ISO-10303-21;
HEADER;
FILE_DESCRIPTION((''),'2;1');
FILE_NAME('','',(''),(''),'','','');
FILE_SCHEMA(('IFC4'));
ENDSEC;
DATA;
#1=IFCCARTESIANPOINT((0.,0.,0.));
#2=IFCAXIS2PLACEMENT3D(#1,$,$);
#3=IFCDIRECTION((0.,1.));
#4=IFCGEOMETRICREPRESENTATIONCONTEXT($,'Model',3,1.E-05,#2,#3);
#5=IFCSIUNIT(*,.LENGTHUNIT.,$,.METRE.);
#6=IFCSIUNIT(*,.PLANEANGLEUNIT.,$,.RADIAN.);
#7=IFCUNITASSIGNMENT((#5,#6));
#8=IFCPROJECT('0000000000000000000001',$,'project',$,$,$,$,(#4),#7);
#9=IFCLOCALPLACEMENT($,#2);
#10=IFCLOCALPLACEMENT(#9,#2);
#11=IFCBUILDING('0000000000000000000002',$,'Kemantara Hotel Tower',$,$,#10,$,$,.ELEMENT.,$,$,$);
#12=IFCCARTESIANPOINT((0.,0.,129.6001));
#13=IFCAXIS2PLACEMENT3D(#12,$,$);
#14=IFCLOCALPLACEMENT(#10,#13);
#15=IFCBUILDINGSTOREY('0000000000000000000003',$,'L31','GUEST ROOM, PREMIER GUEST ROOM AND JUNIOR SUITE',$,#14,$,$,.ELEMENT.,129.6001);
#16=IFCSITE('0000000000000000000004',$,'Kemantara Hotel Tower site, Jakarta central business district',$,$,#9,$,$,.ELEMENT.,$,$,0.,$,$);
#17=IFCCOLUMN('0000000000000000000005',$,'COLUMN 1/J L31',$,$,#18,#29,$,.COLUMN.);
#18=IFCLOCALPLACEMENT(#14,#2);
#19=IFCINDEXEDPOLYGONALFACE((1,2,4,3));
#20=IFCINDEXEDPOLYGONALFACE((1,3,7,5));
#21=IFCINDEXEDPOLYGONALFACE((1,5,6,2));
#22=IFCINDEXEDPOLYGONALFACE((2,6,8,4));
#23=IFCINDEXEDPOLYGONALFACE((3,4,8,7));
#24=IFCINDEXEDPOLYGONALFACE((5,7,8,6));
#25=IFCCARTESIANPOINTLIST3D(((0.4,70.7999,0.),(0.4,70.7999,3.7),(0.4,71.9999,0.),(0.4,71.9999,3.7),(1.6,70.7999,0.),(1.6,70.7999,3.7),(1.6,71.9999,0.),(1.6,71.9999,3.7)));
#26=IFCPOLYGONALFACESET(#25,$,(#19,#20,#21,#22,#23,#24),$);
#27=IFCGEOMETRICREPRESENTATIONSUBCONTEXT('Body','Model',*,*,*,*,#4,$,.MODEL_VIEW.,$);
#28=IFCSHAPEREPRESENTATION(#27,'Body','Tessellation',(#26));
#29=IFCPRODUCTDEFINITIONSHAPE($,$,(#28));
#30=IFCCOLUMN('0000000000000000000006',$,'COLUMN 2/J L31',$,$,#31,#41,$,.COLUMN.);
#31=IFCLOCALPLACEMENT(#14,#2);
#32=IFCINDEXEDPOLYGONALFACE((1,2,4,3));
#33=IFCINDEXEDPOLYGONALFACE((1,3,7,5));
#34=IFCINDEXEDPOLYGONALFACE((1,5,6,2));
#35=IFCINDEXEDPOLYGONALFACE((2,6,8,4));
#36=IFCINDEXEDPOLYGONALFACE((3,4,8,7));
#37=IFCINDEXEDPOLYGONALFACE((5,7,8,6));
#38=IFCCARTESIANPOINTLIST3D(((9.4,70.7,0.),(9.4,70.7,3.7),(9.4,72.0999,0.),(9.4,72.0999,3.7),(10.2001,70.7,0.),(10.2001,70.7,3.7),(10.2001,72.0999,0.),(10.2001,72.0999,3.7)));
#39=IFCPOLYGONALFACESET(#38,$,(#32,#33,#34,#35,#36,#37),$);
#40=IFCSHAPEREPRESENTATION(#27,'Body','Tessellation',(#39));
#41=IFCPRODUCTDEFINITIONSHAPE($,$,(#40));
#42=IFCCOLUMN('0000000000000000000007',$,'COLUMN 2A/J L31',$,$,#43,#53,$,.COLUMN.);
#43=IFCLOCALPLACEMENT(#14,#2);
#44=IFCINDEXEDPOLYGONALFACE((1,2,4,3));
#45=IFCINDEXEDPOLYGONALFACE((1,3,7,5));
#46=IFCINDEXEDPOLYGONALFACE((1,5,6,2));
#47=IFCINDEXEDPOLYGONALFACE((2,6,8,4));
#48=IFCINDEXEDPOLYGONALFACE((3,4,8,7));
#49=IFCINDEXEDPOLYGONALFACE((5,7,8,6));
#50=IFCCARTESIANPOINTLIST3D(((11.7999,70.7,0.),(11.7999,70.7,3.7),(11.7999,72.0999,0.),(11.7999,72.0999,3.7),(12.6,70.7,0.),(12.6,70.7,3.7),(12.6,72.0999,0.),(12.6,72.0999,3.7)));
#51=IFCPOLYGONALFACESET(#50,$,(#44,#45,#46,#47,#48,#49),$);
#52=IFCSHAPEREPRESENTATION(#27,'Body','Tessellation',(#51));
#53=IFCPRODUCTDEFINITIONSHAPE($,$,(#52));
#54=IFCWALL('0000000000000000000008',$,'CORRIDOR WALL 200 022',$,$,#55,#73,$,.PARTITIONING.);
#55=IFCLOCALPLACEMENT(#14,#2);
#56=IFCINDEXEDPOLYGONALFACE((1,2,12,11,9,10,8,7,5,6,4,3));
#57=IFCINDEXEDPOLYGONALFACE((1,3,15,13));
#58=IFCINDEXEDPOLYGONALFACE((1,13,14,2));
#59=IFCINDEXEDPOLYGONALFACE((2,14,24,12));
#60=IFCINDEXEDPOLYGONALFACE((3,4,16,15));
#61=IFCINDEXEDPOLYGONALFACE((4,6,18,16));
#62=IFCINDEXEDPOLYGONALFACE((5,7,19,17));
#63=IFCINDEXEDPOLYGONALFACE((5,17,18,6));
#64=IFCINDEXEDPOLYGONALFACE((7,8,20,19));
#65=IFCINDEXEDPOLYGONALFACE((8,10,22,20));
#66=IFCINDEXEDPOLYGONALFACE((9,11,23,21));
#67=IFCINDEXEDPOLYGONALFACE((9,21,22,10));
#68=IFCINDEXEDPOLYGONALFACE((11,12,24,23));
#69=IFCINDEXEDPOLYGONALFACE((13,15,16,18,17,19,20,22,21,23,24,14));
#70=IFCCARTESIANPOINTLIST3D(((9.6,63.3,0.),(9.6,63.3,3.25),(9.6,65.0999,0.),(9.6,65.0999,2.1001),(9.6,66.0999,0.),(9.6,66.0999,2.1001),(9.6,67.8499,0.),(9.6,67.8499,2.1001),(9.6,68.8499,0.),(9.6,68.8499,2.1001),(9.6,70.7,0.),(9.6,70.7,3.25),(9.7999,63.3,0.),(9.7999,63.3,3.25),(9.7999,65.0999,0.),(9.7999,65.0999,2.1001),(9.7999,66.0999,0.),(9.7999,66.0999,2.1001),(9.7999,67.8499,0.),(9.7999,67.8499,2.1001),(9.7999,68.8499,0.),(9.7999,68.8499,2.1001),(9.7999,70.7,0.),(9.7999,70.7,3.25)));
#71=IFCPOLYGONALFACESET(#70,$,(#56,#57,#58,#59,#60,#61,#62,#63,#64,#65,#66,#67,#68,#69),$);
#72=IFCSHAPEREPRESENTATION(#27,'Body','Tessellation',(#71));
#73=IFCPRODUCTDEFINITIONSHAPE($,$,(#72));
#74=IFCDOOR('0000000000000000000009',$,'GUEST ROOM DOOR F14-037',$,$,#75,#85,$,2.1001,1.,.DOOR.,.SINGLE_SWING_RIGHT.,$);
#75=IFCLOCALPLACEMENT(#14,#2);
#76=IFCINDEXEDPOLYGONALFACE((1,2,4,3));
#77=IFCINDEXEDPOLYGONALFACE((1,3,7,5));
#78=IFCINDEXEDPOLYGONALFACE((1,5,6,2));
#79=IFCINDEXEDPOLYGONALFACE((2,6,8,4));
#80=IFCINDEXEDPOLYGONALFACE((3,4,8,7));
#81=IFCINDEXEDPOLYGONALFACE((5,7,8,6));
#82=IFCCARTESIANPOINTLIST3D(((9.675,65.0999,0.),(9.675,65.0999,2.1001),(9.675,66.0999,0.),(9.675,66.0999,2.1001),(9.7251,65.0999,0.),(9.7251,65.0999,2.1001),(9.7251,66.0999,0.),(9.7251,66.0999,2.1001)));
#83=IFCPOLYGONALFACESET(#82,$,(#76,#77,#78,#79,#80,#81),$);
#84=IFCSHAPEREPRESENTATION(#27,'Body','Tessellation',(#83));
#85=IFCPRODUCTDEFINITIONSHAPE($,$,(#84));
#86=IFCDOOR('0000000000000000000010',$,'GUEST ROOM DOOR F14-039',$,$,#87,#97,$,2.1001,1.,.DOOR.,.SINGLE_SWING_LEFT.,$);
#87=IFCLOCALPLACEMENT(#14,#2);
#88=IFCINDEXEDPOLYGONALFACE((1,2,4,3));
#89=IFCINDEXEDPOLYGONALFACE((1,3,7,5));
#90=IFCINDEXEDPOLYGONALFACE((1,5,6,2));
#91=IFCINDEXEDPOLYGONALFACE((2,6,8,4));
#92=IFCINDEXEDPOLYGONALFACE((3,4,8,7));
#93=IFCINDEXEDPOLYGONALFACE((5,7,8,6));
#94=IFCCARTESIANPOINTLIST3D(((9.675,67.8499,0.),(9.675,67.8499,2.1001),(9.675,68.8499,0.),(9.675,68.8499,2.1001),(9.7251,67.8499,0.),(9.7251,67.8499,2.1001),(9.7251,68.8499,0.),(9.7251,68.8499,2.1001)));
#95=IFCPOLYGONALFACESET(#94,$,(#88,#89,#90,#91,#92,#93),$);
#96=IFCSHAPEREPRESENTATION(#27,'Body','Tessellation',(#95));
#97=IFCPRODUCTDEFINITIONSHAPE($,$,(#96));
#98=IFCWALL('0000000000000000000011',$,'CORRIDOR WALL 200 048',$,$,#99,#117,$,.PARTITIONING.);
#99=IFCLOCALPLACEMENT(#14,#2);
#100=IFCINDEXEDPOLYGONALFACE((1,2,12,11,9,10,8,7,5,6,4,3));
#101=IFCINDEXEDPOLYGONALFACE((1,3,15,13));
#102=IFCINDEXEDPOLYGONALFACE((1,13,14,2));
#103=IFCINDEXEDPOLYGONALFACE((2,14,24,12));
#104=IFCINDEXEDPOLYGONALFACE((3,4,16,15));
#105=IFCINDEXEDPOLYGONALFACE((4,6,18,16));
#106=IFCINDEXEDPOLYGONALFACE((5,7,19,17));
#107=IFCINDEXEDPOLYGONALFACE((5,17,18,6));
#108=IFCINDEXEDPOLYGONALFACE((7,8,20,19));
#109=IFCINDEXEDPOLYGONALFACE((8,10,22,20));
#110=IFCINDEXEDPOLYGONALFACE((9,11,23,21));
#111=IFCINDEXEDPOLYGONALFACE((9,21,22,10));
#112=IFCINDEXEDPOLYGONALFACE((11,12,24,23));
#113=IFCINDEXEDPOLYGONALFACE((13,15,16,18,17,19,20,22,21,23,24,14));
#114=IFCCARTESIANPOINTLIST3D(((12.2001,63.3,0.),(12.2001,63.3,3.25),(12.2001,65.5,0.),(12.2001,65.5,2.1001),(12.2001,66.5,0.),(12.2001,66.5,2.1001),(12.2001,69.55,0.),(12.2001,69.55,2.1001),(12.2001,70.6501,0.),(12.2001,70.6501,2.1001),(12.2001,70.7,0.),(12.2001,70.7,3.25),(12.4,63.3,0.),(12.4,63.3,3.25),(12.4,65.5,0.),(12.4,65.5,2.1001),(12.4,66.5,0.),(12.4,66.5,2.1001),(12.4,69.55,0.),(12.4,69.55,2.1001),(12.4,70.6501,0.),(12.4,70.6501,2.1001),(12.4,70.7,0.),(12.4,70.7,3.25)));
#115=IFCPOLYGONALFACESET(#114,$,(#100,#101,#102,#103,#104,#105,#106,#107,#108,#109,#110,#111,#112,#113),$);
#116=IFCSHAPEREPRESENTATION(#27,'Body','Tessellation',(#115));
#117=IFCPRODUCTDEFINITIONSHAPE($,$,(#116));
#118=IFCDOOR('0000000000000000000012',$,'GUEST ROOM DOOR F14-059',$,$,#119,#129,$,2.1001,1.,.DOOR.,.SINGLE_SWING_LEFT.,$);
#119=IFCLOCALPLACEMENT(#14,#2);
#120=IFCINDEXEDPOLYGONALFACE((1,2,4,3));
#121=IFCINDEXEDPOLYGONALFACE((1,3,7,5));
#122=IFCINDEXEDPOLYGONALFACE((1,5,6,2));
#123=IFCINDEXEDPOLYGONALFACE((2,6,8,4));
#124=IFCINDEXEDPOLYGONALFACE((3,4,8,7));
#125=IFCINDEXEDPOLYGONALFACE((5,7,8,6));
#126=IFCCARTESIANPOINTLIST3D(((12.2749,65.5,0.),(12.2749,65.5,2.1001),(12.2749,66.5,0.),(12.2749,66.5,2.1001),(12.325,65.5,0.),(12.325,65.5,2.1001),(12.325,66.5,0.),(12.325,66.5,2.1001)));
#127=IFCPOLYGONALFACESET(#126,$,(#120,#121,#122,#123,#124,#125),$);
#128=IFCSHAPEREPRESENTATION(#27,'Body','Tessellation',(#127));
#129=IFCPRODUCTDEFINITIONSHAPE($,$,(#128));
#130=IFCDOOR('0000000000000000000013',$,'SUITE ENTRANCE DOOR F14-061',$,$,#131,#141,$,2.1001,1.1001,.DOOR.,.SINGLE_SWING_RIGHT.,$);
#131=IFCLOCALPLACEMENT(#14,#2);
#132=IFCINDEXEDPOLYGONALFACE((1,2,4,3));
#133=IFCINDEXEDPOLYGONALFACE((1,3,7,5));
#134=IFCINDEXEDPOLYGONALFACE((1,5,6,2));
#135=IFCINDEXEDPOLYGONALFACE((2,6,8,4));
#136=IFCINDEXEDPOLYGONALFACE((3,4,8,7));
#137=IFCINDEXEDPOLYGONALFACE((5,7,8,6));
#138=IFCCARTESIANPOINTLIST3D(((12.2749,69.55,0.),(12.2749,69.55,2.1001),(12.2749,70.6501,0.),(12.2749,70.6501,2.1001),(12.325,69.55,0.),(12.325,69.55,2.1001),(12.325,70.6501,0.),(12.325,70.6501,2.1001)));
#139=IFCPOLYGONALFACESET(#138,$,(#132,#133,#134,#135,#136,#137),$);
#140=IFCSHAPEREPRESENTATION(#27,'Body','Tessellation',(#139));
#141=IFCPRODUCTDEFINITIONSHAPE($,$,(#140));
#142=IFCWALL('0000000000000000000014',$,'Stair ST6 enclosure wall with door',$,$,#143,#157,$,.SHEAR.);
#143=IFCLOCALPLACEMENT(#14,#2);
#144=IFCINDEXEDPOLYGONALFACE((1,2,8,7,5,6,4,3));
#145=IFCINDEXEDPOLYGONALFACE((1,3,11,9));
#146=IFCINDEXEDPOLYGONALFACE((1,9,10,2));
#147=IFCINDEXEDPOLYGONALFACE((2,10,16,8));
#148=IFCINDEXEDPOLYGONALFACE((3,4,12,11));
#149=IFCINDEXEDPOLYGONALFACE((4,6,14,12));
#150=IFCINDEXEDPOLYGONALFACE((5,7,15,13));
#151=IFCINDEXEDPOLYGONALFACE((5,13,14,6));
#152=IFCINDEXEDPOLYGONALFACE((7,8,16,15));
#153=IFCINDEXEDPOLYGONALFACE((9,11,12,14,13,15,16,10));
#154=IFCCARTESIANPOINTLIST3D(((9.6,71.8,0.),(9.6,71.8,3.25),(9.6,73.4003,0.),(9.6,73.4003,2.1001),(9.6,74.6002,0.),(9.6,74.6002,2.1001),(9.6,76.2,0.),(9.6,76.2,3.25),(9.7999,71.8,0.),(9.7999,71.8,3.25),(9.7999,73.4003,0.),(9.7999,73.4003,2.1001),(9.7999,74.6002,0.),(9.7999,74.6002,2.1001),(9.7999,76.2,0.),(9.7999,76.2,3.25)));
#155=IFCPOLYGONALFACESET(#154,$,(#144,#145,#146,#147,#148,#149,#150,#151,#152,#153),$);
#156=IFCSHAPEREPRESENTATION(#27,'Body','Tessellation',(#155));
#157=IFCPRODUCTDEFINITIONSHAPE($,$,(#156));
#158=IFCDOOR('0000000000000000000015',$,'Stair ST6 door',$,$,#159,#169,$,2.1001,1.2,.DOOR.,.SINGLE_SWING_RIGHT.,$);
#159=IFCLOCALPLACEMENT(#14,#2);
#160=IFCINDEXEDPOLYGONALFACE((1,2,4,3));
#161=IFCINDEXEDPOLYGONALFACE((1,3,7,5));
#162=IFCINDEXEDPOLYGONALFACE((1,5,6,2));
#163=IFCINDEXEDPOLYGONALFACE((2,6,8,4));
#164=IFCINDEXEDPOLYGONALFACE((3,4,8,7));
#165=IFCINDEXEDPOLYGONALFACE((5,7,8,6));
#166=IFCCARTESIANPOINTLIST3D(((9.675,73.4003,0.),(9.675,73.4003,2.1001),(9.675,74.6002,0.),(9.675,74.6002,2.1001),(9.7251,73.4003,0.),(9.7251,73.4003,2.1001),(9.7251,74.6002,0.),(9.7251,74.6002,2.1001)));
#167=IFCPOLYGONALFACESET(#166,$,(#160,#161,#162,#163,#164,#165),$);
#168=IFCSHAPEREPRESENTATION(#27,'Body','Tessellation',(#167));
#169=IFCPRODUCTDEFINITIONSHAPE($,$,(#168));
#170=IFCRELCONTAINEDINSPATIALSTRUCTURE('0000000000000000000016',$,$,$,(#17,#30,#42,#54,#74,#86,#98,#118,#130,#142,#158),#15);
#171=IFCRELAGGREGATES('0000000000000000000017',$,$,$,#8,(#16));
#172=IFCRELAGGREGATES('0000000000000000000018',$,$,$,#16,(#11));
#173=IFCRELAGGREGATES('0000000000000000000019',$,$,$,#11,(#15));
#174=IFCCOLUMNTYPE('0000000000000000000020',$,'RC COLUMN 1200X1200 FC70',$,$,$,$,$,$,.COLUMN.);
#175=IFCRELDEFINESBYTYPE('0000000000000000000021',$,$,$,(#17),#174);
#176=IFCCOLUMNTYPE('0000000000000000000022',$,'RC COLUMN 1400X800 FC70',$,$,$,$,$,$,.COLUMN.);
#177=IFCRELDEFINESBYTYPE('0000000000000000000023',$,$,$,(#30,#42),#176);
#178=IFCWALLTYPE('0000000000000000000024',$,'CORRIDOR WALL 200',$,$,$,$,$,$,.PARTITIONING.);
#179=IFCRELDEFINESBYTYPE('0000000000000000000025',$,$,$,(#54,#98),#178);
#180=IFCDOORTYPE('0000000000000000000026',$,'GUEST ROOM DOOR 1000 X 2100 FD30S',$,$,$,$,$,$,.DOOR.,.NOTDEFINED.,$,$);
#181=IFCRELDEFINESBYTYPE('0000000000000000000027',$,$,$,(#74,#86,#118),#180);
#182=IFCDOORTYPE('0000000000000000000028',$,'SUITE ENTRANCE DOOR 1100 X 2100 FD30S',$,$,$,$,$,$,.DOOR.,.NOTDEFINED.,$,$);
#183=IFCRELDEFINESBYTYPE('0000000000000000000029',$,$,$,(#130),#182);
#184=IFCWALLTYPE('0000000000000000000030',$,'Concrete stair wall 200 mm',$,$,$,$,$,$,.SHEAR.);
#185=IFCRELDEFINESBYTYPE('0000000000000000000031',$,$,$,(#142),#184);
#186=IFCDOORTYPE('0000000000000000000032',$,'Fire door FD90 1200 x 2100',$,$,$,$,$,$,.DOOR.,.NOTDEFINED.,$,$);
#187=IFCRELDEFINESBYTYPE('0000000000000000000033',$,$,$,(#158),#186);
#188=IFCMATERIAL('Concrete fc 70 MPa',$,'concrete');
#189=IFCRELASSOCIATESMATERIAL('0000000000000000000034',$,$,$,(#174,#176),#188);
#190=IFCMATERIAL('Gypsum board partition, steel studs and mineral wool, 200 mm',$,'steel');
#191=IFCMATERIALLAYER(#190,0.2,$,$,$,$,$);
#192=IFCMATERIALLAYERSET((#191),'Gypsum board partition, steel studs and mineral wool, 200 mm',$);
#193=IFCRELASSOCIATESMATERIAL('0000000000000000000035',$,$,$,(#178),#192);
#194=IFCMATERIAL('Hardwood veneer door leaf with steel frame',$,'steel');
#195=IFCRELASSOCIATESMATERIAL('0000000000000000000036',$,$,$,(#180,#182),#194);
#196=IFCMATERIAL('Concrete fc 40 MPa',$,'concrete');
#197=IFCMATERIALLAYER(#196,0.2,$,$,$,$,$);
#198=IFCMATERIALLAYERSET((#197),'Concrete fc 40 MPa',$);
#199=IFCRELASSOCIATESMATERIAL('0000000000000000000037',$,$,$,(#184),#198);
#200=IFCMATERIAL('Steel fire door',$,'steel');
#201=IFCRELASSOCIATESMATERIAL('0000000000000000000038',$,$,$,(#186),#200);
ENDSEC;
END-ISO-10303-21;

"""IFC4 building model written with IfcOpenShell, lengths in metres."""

from ifc_helpers import new_model, si_unit, direction, frame, frame_2d, origin, origin_2d, place, context, subcontext, project, spatial, rectangle, extrude, material, layer, layer_set, material_profile, profile_set, type_object, element, fill, save


model = new_model("IFC4")

# Units and contexts
model_context = context("Model", 3, precision=1e-05, world=origin(), true_north=direction((0.0, 1.0)))
body_context = subcontext(model_context, "Body", "Model", "MODEL_VIEW")
ifc_project = project(units=[si_unit("LENGTHUNIT", "METRE"), si_unit("PLANEANGLEUNIT", "RADIAN")], contexts=[model_context])

# Site, building, storey
site_placement = place(None, origin())
site = spatial("IfcSite", under=ifc_project, at=site_placement, Name="Kemantara Hotel Tower site, Jakarta central business district", CompositionType="ELEMENT", RefElevation=0.0)
building_placement = place(site_placement, origin())
building = spatial("IfcBuilding", under=site, at=building_placement, Name="Kemantara Hotel Tower", CompositionType="ELEMENT")
storey_placement = place(building_placement, frame((0.0, 0.0, 129.6001)))
storey = spatial("IfcBuildingStorey", under=building, at=storey_placement, Name="L31", Description="GUEST ROOM, PREMIER GUEST ROOM AND JUNIOR SUITE", CompositionType="ELEMENT", Elevation=129.6001)

# Columns
ifc_material_1 = material(Name="Concrete fc 70 MPa", Category="concrete")
ifc_material_profile_1 = material_profile(ifc_material_1, rectangle(XDim=1.2, YDim=1.2, at=origin_2d()), Name="RC 1200X1200")
ifc_profile_set_1 = profile_set([ifc_material_profile_1], Name="Concrete fc 70 MPa")
column_type_1 = type_object("IfcColumnType", Name="RC COLUMN 1200X1200 FC70", PredefinedType="COLUMN", material=ifc_profile_set_1)
column_placement = place(storey_placement, frame((1.0, 71.3999, 0.0), z_axis=(0.0, 0.0, 1.0), x_axis=(1.0, 0.0, 0.0)))
element("IfcColumn", 1, at=column_placement, inside=storey, type_object=column_type_1, Name="COLUMN 1/J L31", PredefinedType="COLUMN", context=body_context, shape_type="SweptSolid", body=[
    extrude(rectangle(XDim=1.2, YDim=1.2, at=origin_2d()), origin(), (0.0, 0.0, 1.0), 3.7),
])
ifc_material_profile_2 = material_profile(ifc_material_1, rectangle(XDim=1.3999, YDim=0.8, at=origin_2d()), Name="RC 1400X800")
ifc_profile_set_2 = profile_set([ifc_material_profile_2], Name="Concrete fc 70 MPa")
column_type_2 = type_object("IfcColumnType", Name="RC COLUMN 1400X800 FC70", PredefinedType="COLUMN", material=ifc_profile_set_2)
for number, where, z_axis, x_axis, name in (
    (2, (9.8, 71.3999, 0.0), (0.0, 0.0, 1.0), (0.0, 1.0, 0.0), "COLUMN 2/J L31"),
    (3, (12.2, 71.3999, 0.0), (0.0, 0.0, 1.0), (0.0, 1.0, 0.0), "COLUMN 2A/J L31"),
):
    element("IfcColumn", number, at=place(storey_placement, frame(where, z_axis=z_axis, x_axis=x_axis)), inside=storey, type_object=column_type_2, Name=name, PredefinedType="COLUMN", context=body_context, shape_type="SweptSolid", body=[
        extrude(rectangle(XDim=1.3999, YDim=0.8, at=origin_2d()), origin(), (0.0, 0.0, 1.0), 3.7),
    ])

# Walls, openings, doors
ifc_material_2 = material(Name="Gypsum board partition, steel studs and mineral wool, 200 mm", Category="steel")
ifc_layer_1 = layer(ifc_material_2, 0.2)
ifc_layer_set_1 = layer_set([ifc_layer_1], Name="Gypsum board partition, steel studs and mineral wool, 200 mm")
wall_type_1 = type_object("IfcWallType", Name="CORRIDOR WALL 200", PredefinedType="PARTITIONING", material=ifc_layer_set_1)
wall_1_placement = place(storey_placement, frame((9.7, 63.3, 0.0), z_axis=(0.0, 0.0, 1.0), x_axis=(0.0, 1.0, 0.0)))
wall_1 = element("IfcWall", 4, at=wall_1_placement, inside=storey, type_object=wall_type_1, Name="CORRIDOR WALL 200 022", PredefinedType="PARTITIONING", context=body_context, shape_type="SweptSolid", body=[
    extrude(rectangle(XDim=7.3999, YDim=0.2, at=frame_2d((3.7, 0.0))), origin(), (0.0, 0.0, 1.0), 3.25),
])
opening_1_placement = place(wall_1_placement, frame((1.7998, 0.0, 0.0)))
opening_1 = element("IfcOpeningElement", 5, at=opening_1_placement, cuts=wall_1, PredefinedType="OPENING", context=body_context, shape_type="SweptSolid", body=[
    extrude(rectangle(XDim=1.0, YDim=2.1001, at=frame_2d((0.5, 1.05))), frame((0.0, 0.1099, 0.0), z_axis=(0.0, -1.0, 0.0), x_axis=(1.0, 0.0, 0.0)), (0.0, 0.0, 1.0), 0.22),
])
opening_2_placement = place(wall_1_placement, frame((4.5498, 0.0, 0.0)))
opening_2 = element("IfcOpeningElement", 6, at=opening_2_placement, cuts=wall_1, PredefinedType="OPENING", context=body_context, shape_type="SweptSolid", body=[
    extrude(rectangle(XDim=1.0, YDim=2.1001, at=frame_2d((0.5, 1.05))), frame((0.0, 0.1099, 0.0), z_axis=(0.0, -1.0, 0.0), x_axis=(1.0, 0.0, 0.0)), (0.0, 0.0, 1.0), 0.22),
])
ifc_material_3 = material(Name="Hardwood veneer door leaf with steel frame", Category="steel")
door_type_1 = type_object("IfcDoorType", Name="GUEST ROOM DOOR 1000 X 2100 FD30S", OperationType="NOTDEFINED", PredefinedType="DOOR", material=ifc_material_3)
door_1_placement = place(opening_1_placement, origin())
door_1 = element("IfcDoor", 7, at=door_1_placement, inside=storey, type_object=door_type_1, Name="GUEST ROOM DOOR F14-037", OperationType="SINGLE_SWING_RIGHT", OverallHeight=2.1001, OverallWidth=1.0, PredefinedType="DOOR", context=body_context, shape_type="SweptSolid", body=[
    extrude(rectangle(XDim=1.0, YDim=2.1001, at=frame_2d((0.5, 1.05))), frame((0.0, 0.0249, 0.0), z_axis=(0.0, -1.0, 0.0), x_axis=(1.0, 0.0, 0.0)), (0.0, 0.0, 1.0), 0.05),
])
fill(opening_1, door_1)
door_2_placement = place(opening_2_placement, origin())
door_2 = element("IfcDoor", 8, at=door_2_placement, inside=storey, type_object=door_type_1, Name="GUEST ROOM DOOR F14-039", OperationType="SINGLE_SWING_LEFT", OverallHeight=2.1001, OverallWidth=1.0, PredefinedType="DOOR", context=body_context, shape_type="SweptSolid", body=[
    extrude(rectangle(XDim=1.0, YDim=2.1001, at=frame_2d((0.5, 1.05))), frame((0.0, 0.0249, 0.0), z_axis=(0.0, -1.0, 0.0), x_axis=(1.0, 0.0, 0.0)), (0.0, 0.0, 1.0), 0.05),
])
fill(opening_2, door_2)
wall_2_placement = place(storey_placement, frame((12.3, 70.7, 0.0), z_axis=(0.0, 0.0, 1.0), x_axis=(0.0, -1.0, 0.0)))
wall_2 = element("IfcWall", 9, at=wall_2_placement, inside=storey, type_object=wall_type_1, Name="CORRIDOR WALL 200 048", PredefinedType="PARTITIONING", context=body_context, shape_type="SweptSolid", body=[
    extrude(rectangle(XDim=7.3999, YDim=0.2, at=frame_2d((3.7, 0.0))), origin(), (0.0, 0.0, 1.0), 3.25),
])
opening_3_placement = place(wall_2_placement, frame((4.2, 0.0, 0.0)))
opening_3 = element("IfcOpeningElement", 10, at=opening_3_placement, cuts=wall_2, PredefinedType="OPENING", context=body_context, shape_type="SweptSolid", body=[
    extrude(rectangle(XDim=1.0, YDim=2.1001, at=frame_2d((0.5, 1.05))), frame((0.0, 0.1099, 0.0), z_axis=(0.0, -1.0, 0.0), x_axis=(1.0, 0.0, 0.0)), (0.0, 0.0, 1.0), 0.22),
])
opening_4_placement = place(wall_2_placement, frame((0.0498, 0.0, 0.0)))
opening_4 = element("IfcOpeningElement", 11, at=opening_4_placement, cuts=wall_2, PredefinedType="OPENING", context=body_context, shape_type="SweptSolid", body=[
    extrude(rectangle(XDim=1.1001, YDim=2.1001, at=frame_2d((0.55, 1.05))), frame((0.0, 0.1099, 0.0), z_axis=(0.0, -1.0, 0.0), x_axis=(1.0, 0.0, 0.0)), (0.0, 0.0, 1.0), 0.22),
])
door_3_placement = place(opening_3_placement, origin())
door_3 = element("IfcDoor", 12, at=door_3_placement, inside=storey, type_object=door_type_1, Name="GUEST ROOM DOOR F14-059", OperationType="SINGLE_SWING_LEFT", OverallHeight=2.1001, OverallWidth=1.0, PredefinedType="DOOR", context=body_context, shape_type="SweptSolid", body=[
    extrude(rectangle(XDim=1.0, YDim=2.1001, at=frame_2d((0.5, 1.05))), frame((0.0, 0.0249, 0.0), z_axis=(0.0, -1.0, 0.0), x_axis=(1.0, 0.0, 0.0)), (0.0, 0.0, 1.0), 0.05),
])
fill(opening_3, door_3)
door_type_2 = type_object("IfcDoorType", Name="SUITE ENTRANCE DOOR 1100 X 2100 FD30S", OperationType="NOTDEFINED", PredefinedType="DOOR", material=ifc_material_3)
door_4_placement = place(opening_4_placement, origin())
door_4 = element("IfcDoor", 13, at=door_4_placement, inside=storey, type_object=door_type_2, Name="SUITE ENTRANCE DOOR F14-061", OperationType="SINGLE_SWING_RIGHT", OverallHeight=2.1001, OverallWidth=1.1001, PredefinedType="DOOR", context=body_context, shape_type="SweptSolid", body=[
    extrude(rectangle(XDim=1.1001, YDim=2.1001, at=frame_2d((0.55, 1.05))), frame((0.0, 0.0249, 0.0), z_axis=(0.0, -1.0, 0.0), x_axis=(1.0, 0.0, 0.0)), (0.0, 0.0, 1.0), 0.05),
])
fill(opening_4, door_4)

# Wall, opening, door
ifc_material_4 = material(Name="Concrete fc 40 MPa", Category="concrete")
ifc_layer_2 = layer(ifc_material_4, 0.2)
ifc_layer_set_2 = layer_set([ifc_layer_2], Name="Concrete fc 40 MPa")
wall_type_2 = type_object("IfcWallType", Name="Concrete stair wall 200 mm", PredefinedType="SHEAR", material=ifc_layer_set_2)
wall_3_placement = place(storey_placement, frame((9.7, 71.8, 0.0), z_axis=(0.0, 0.0, 1.0), x_axis=(0.0, 1.0, 0.0)))
wall_3 = element("IfcWall", 14, at=wall_3_placement, inside=storey, type_object=wall_type_2, Name="Stair ST6 enclosure wall with door", PredefinedType="SHEAR", context=body_context, shape_type="SweptSolid", body=[
    extrude(rectangle(XDim=4.3999, YDim=0.2, at=frame_2d((2.2, 0.0))), origin(), (0.0, 0.0, 1.0), 3.25),
])
opening_5_placement = place(wall_3_placement, frame((1.6001, 0.0, 0.0)))
opening_5 = element("IfcOpeningElement", 15, at=opening_5_placement, cuts=wall_3, PredefinedType="OPENING", context=body_context, shape_type="SweptSolid", body=[
    extrude(rectangle(XDim=1.2, YDim=2.1001, at=frame_2d((0.6001, 1.05))), frame((0.0, 0.1099, 0.0), z_axis=(0.0, -1.0, 0.0), x_axis=(1.0, 0.0, 0.0)), (0.0, 0.0, 1.0), 0.22),
])
ifc_material_5 = material(Name="Steel fire door", Category="steel")
door_type_3 = type_object("IfcDoorType", Name="Fire door FD90 1200 x 2100", OperationType="NOTDEFINED", PredefinedType="DOOR", material=ifc_material_5)
door_5_placement = place(opening_5_placement, origin())
door_5 = element("IfcDoor", 16, at=door_5_placement, inside=storey, type_object=door_type_3, Name="Stair ST6 door", OperationType="SINGLE_SWING_RIGHT", OverallHeight=2.1001, OverallWidth=1.2, PredefinedType="DOOR", context=body_context, shape_type="SweptSolid", body=[
    extrude(rectangle(XDim=1.2, YDim=2.1001, at=frame_2d((0.6001, 1.05))), frame((0.0, 0.0249, 0.0), z_axis=(0.0, -1.0, 0.0), x_axis=(1.0, 0.0, 0.0)), (0.0, 0.0, 1.0), 0.05),
])
fill(opening_5, door_5)

save(model, "model.ifc")
